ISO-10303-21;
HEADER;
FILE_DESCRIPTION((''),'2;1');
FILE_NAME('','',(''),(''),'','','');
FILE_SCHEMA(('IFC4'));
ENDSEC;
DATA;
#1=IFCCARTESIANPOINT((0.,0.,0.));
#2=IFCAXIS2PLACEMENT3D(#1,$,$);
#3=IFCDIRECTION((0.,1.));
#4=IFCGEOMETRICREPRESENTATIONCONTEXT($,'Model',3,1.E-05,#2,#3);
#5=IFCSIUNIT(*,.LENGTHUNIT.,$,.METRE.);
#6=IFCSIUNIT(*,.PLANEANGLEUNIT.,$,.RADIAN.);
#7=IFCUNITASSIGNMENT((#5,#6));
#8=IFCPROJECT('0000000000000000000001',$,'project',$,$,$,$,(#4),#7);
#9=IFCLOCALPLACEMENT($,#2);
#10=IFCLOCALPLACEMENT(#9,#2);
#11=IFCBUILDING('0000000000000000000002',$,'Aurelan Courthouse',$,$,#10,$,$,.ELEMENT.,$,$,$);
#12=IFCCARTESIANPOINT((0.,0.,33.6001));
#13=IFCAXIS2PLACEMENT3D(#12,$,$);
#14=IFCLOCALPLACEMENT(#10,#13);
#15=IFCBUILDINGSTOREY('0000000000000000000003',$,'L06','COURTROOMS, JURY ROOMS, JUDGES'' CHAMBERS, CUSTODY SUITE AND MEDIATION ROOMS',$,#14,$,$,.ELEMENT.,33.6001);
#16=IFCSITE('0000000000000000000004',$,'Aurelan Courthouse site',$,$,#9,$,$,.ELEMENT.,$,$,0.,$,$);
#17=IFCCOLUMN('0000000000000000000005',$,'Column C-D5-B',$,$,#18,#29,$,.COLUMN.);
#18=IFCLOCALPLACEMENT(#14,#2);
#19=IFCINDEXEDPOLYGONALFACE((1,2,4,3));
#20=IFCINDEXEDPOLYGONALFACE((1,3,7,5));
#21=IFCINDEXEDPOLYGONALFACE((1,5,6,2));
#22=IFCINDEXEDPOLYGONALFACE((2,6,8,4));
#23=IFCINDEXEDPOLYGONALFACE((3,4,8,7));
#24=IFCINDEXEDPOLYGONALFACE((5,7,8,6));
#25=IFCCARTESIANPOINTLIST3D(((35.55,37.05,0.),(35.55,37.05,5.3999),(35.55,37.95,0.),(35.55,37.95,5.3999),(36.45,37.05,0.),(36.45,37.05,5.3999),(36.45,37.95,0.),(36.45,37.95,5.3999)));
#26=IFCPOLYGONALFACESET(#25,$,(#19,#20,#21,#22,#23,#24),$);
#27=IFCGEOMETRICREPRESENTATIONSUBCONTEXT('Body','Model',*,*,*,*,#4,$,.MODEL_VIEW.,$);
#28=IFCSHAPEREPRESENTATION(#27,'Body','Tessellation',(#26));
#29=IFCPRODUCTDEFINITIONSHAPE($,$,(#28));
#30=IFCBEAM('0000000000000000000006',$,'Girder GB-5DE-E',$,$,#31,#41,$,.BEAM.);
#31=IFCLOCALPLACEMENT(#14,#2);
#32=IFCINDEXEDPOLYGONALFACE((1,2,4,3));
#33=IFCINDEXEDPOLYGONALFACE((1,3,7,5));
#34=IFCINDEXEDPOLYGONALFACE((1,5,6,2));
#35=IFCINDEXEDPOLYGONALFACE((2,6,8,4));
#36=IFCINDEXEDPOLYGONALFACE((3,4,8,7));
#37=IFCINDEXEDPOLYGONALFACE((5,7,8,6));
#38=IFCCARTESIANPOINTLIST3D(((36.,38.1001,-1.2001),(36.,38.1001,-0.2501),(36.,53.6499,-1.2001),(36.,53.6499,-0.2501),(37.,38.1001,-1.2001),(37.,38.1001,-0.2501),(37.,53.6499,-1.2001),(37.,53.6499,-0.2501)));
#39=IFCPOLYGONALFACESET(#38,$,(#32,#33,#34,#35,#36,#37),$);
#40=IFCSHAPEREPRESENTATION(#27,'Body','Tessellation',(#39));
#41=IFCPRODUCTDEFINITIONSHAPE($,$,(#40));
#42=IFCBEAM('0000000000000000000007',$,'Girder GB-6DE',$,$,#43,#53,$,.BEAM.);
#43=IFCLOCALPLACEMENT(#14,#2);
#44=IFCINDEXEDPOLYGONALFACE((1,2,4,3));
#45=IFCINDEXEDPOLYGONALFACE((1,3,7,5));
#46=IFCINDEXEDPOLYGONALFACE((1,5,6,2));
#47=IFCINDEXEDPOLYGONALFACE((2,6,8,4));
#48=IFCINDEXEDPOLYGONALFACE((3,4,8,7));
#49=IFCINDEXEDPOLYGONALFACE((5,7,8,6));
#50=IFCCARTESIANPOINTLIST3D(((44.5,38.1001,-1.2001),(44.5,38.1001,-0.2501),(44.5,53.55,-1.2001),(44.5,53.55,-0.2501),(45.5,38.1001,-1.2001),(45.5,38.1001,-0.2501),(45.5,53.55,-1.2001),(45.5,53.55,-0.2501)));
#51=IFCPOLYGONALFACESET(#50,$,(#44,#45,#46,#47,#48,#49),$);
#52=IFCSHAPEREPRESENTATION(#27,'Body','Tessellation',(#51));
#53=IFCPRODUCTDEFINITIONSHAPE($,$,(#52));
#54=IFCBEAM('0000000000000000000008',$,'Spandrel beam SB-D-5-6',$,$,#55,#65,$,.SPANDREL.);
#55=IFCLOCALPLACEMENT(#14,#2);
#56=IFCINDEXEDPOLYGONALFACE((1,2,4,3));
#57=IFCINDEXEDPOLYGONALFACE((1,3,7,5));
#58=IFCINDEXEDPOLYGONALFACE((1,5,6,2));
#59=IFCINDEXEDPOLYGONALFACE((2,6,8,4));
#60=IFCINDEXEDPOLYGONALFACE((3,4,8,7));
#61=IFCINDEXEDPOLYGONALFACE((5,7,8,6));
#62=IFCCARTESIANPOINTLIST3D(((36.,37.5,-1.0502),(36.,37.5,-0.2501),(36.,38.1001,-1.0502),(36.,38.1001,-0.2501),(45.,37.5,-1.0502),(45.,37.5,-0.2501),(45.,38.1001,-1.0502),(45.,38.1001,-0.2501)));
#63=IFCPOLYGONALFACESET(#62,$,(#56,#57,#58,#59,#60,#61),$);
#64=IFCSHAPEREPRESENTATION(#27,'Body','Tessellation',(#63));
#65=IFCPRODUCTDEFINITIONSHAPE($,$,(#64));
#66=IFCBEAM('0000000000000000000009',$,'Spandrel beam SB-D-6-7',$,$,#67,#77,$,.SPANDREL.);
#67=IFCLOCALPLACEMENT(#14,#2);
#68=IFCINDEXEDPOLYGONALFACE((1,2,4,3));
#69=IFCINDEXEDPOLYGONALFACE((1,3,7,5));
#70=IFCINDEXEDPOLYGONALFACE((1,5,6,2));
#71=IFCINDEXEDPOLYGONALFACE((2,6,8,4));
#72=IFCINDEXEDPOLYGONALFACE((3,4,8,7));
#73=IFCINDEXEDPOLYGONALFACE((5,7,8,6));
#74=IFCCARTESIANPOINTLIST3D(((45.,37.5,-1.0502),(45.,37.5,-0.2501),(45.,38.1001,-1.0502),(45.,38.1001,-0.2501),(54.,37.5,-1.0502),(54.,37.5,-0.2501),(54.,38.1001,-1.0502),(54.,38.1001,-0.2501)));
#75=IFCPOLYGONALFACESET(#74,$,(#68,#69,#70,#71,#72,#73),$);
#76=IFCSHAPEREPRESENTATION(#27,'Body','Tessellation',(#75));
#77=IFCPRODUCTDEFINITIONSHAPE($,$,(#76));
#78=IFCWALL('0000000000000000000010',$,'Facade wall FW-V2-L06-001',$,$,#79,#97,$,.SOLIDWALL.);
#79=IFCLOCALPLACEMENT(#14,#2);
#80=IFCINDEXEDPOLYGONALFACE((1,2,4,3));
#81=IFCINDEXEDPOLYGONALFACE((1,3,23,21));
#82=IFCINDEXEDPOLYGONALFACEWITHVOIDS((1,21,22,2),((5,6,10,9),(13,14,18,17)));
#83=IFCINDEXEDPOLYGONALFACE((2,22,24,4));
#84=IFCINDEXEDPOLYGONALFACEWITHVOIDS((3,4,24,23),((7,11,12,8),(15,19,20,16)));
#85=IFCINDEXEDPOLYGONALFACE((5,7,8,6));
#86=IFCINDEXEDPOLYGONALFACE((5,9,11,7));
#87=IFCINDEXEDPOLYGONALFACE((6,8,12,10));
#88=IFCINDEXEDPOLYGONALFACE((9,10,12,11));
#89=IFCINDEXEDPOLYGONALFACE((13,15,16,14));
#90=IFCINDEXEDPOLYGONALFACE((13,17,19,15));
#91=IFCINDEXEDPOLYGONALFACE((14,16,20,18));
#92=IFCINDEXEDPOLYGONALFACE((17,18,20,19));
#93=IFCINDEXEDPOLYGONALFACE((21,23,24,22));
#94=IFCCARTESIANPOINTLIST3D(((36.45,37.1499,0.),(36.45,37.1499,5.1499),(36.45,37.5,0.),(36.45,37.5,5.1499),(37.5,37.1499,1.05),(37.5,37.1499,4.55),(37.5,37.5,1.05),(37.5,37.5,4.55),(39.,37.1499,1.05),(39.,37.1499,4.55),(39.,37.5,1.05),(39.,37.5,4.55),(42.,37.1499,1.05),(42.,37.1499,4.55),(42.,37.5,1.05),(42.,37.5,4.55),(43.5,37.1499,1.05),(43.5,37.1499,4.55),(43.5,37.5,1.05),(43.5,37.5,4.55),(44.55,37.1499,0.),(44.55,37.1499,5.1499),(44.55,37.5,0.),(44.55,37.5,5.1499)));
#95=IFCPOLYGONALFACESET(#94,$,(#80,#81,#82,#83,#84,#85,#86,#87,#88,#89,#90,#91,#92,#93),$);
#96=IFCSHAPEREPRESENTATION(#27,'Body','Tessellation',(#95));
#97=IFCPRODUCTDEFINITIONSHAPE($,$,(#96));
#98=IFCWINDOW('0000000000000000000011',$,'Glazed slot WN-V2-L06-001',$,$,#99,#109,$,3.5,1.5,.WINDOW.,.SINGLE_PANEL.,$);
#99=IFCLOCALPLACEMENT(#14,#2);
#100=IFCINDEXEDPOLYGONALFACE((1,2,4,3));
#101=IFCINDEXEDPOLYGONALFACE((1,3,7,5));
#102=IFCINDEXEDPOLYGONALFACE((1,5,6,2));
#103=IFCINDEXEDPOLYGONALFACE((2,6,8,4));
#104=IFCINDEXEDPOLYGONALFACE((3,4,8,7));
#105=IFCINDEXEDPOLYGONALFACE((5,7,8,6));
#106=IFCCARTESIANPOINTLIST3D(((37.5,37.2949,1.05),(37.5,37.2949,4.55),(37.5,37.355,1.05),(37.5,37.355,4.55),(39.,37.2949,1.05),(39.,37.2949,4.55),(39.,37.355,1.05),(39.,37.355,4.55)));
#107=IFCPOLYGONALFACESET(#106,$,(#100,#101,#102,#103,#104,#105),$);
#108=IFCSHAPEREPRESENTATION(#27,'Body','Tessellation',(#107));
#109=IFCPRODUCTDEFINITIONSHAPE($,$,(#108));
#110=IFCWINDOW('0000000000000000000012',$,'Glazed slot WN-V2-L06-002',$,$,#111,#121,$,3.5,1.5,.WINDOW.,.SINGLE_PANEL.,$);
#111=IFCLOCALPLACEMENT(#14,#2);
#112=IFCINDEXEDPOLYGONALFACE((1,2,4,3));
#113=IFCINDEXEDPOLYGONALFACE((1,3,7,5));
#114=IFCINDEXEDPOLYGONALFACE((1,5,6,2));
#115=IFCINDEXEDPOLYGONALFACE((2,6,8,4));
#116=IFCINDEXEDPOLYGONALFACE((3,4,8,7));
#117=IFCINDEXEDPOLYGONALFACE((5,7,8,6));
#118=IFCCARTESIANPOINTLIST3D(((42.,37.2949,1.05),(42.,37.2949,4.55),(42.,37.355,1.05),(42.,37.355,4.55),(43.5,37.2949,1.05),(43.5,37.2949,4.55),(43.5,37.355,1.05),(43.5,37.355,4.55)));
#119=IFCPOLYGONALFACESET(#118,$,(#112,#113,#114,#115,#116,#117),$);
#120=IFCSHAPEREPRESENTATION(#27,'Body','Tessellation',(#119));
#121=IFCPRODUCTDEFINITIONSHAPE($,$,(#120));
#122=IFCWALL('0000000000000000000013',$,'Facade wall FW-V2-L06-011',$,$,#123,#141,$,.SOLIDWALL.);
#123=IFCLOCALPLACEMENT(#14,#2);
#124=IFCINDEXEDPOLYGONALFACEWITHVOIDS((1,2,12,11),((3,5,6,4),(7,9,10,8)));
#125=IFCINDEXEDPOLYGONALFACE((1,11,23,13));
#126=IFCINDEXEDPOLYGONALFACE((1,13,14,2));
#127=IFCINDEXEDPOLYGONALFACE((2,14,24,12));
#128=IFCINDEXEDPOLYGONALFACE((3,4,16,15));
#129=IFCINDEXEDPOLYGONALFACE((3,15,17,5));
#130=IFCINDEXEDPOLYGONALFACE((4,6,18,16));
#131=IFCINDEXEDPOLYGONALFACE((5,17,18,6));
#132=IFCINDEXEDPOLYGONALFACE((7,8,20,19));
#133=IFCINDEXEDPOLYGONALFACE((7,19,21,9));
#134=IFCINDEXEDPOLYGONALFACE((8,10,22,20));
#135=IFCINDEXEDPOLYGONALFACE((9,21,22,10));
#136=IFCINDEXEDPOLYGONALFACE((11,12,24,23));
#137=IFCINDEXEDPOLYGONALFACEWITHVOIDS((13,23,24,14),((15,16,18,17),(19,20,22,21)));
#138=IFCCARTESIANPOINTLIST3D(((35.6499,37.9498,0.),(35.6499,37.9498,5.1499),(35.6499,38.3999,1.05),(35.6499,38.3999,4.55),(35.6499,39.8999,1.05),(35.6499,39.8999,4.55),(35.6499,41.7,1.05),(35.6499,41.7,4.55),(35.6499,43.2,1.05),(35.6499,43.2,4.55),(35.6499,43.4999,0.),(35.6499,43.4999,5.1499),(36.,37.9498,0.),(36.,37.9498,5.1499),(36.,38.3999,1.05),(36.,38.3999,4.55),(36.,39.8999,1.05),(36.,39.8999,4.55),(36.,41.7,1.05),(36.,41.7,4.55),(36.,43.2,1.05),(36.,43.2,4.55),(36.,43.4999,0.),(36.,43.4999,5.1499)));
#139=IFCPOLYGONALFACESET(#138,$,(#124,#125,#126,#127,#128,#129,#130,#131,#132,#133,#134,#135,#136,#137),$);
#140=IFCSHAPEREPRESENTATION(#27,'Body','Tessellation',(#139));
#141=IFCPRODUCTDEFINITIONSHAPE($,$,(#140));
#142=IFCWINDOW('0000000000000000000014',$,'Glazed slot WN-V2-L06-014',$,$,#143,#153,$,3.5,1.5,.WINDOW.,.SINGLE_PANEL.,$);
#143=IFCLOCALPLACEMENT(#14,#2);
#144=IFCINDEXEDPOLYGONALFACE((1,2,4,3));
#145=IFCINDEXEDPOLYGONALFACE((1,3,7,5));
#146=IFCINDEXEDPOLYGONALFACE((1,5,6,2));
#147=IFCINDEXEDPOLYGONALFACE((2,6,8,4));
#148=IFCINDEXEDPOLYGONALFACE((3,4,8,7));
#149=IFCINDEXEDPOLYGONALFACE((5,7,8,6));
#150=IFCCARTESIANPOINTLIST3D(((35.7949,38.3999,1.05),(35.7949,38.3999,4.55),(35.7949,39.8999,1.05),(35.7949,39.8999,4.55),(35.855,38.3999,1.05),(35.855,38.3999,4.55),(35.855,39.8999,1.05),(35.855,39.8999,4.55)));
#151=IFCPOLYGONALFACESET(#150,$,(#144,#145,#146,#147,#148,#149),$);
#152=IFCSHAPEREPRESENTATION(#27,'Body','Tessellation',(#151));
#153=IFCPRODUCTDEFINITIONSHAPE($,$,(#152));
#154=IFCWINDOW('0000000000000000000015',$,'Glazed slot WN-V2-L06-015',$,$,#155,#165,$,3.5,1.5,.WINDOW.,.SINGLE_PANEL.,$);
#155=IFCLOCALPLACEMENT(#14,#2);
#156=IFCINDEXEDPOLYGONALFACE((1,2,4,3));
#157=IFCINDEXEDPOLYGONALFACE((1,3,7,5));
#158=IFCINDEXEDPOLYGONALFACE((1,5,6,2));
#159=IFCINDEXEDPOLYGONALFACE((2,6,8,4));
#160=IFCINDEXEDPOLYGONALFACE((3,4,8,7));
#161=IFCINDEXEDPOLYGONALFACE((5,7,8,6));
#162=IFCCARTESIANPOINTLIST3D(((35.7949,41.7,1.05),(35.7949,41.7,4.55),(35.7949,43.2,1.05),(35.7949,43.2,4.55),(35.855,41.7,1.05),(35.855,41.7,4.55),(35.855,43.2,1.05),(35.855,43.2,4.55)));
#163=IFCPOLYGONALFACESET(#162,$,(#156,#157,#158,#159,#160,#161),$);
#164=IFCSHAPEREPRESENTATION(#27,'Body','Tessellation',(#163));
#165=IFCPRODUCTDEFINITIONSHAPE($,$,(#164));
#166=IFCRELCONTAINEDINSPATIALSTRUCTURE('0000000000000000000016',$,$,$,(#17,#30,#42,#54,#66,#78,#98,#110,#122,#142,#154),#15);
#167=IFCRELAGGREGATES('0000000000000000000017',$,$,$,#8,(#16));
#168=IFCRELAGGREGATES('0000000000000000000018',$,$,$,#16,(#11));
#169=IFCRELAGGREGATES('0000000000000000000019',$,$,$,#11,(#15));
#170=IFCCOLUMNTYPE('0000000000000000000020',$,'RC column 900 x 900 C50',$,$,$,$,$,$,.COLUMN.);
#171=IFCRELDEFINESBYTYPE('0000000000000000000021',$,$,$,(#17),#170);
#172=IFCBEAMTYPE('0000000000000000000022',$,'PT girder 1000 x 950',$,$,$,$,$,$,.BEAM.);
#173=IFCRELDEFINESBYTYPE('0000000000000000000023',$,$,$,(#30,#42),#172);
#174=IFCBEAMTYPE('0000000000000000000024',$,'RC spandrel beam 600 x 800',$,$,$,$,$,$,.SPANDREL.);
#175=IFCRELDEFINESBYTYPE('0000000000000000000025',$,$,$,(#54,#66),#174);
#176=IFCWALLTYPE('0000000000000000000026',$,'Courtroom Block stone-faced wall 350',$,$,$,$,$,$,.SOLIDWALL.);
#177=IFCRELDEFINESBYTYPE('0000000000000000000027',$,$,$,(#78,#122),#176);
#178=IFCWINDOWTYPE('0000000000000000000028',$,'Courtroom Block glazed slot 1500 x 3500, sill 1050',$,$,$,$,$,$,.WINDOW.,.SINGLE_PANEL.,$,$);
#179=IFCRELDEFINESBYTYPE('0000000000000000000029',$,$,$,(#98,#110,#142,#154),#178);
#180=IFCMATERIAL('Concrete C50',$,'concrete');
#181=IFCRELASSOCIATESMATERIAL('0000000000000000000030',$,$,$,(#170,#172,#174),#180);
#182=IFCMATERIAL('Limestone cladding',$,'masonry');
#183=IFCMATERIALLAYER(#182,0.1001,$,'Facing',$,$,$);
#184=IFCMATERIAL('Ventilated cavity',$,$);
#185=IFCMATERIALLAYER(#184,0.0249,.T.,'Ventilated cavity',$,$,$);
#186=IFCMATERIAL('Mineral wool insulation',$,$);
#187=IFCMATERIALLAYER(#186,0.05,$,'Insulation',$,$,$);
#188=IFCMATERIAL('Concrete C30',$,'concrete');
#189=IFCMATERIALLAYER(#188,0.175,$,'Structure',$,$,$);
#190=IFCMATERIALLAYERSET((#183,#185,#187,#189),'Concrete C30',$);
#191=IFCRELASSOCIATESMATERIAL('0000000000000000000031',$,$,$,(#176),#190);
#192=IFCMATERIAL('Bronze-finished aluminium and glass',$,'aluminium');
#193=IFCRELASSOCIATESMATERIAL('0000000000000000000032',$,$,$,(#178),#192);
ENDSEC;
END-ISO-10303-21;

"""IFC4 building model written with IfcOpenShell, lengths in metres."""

from ifc_helpers import new_model, si_unit, direction, frame, frame_2d, origin, origin_2d, place, context, subcontext, project, spatial, rectangle, extrude, material, layer, layer_set, material_profile, profile_set, type_object, element, fill, save


model = new_model("IFC4")

# Units and contexts
model_context = context("Model", 3, precision=1e-05, world=origin(), true_north=direction((0.0, 1.0)))
body_context = subcontext(model_context, "Body", "Model", "MODEL_VIEW")
ifc_project = project(units=[si_unit("LENGTHUNIT", "METRE"), si_unit("PLANEANGLEUNIT", "RADIAN")], contexts=[model_context])

# Site, building, storey
site_placement = place(None, origin())
site = spatial("IfcSite", under=ifc_project, at=site_placement, Name="Aurelan Courthouse site", CompositionType="ELEMENT", RefElevation=0.0)
building_placement = place(site_placement, origin())
building = spatial("IfcBuilding", under=site, at=building_placement, Name="Aurelan Courthouse", CompositionType="ELEMENT")
storey_placement = place(building_placement, frame((0.0, 0.0, 33.6001)))
storey = spatial("IfcBuildingStorey", under=building, at=storey_placement, Name="L06", Description="COURTROOMS, JURY ROOMS, JUDGES' CHAMBERS, CUSTODY SUITE AND MEDIATION ROOMS", CompositionType="ELEMENT", Elevation=33.6001)

# Column
ifc_material_1 = material(Name="Concrete C50", Category="concrete")
ifc_material_profile_1 = material_profile(ifc_material_1, rectangle(XDim=0.8999, YDim=0.8999, at=origin_2d()), Name="RC 900 x 900")
ifc_profile_set_1 = profile_set([ifc_material_profile_1], Name="Concrete C50")
column_type = type_object("IfcColumnType", Name="RC column 900 x 900 C50", PredefinedType="COLUMN", material=ifc_profile_set_1)
column_placement = place(storey_placement, frame((36.0, 37.5, 0.0), z_axis=(0.0, 0.0, 1.0), x_axis=(1.0, 0.0, 0.0)))
element("IfcColumn", 1, at=column_placement, inside=storey, type_object=column_type, Name="Column C-D5-B", PredefinedType="COLUMN", context=body_context, shape_type="SweptSolid", body=[
    extrude(rectangle(XDim=0.8999, YDim=0.8999, at=origin_2d()), origin(), (0.0, 0.0, 1.0), 5.3999),
])

# Beams
ifc_material_profile_2 = material_profile(ifc_material_1, rectangle(XDim=1.0, YDim=0.95, at=origin_2d()), Name="RC 1000 x 950")
ifc_profile_set_2 = profile_set([ifc_material_profile_2], Name="Concrete C50")
beam_type_1 = type_object("IfcBeamType", Name="PT girder 1000 x 950", PredefinedType="BEAM", material=ifc_profile_set_2)
beam_1_placement = place(storey_placement, frame((36.5, 38.1001, -0.7251), z_axis=(0.0, 1.0, 0.0), x_axis=(-1.0, 0.0, 0.0)))
element("IfcBeam", 2, at=beam_1_placement, inside=storey, type_object=beam_type_1, Name="Girder GB-5DE-E", PredefinedType="BEAM", context=body_context, shape_type="SweptSolid", body=[
    extrude(rectangle(XDim=1.0, YDim=0.95, at=origin_2d()), origin(), (0.0, 0.0, 1.0), 15.5498),
])
beam_2_placement = place(storey_placement, frame((45.0, 38.1001, -0.7251), z_axis=(0.0, 1.0, 0.0), x_axis=(-1.0, 0.0, 0.0)))
element("IfcBeam", 3, at=beam_2_placement, inside=storey, type_object=beam_type_1, Name="Girder GB-6DE", PredefinedType="BEAM", context=body_context, shape_type="SweptSolid", body=[
    extrude(rectangle(XDim=1.0, YDim=0.95, at=origin_2d()), origin(), (0.0, 0.0, 1.0), 15.45),
])
ifc_material_profile_3 = material_profile(ifc_material_1, rectangle(XDim=0.6001, YDim=0.8, at=origin_2d()), Name="RC 600 x 800")
ifc_profile_set_3 = profile_set([ifc_material_profile_3], Name="Concrete C50")
beam_type_2 = type_object("IfcBeamType", Name="RC spandrel beam 600 x 800", PredefinedType="SPANDREL", material=ifc_profile_set_3)
for number, where, z_axis, x_axis, name in (
    (4, (36.0, 37.8, -0.6501), (1.0, 0.0, 0.0), (0.0, 1.0, 0.0), "Spandrel beam SB-D-5-6"),
    (5, (45.0, 37.8, -0.6501), (1.0, 0.0, 0.0), (0.0, 1.0, 0.0), "Spandrel beam SB-D-6-7"),
):
    element("IfcBeam", number, at=place(storey_placement, frame(where, z_axis=z_axis, x_axis=x_axis)), inside=storey, type_object=beam_type_2, Name=name, PredefinedType="SPANDREL", context=body_context, shape_type="SweptSolid", body=[
        extrude(rectangle(XDim=0.6001, YDim=0.8, at=origin_2d()), origin(), (0.0, 0.0, 1.0), 9.0),
    ])

# Walls, openings, windows
ifc_material_2 = material(Name="Limestone cladding", Category="masonry")
ifc_layer_1 = layer(ifc_material_2, 0.1001, Name="Facing")
ifc_material_3 = material(Name="Ventilated cavity")
ifc_layer_2 = layer(ifc_material_3, 0.0249, ventilated=True, Name="Ventilated cavity")
ifc_material_4 = material(Name="Mineral wool insulation")
ifc_layer_3 = layer(ifc_material_4, 0.05, Name="Insulation")
ifc_material_5 = material(Name="Concrete C30", Category="concrete")
ifc_layer_4 = layer(ifc_material_5, 0.175, Name="Structure")
ifc_layer_set_1 = layer_set([ifc_layer_1, ifc_layer_2, ifc_layer_3, ifc_layer_4], Name="Concrete C30")
wall_type_1 = type_object("IfcWallType", Name="Courtroom Block stone-faced wall 350", PredefinedType="SOLIDWALL", material=ifc_layer_set_1)
wall_1_placement = place(storey_placement, frame((36.45, 37.325, 0.0), z_axis=(0.0, 0.0, 1.0), x_axis=(1.0, 0.0, 0.0)))
wall_1 = element("IfcWall", 6, at=wall_1_placement, inside=storey, type_object=wall_type_1, Name="Facade wall FW-V2-L06-001", PredefinedType="SOLIDWALL", context=body_context, shape_type="SweptSolid", body=[
    extrude(rectangle(XDim=8.1001, YDim=0.3501, at=frame_2d((4.05, 0.0))), origin(), (0.0, 0.0, 1.0), 5.1499),
])
opening_1_placement = place(wall_1_placement, frame((1.05, 0.0, 1.05)))
opening_1 = element("IfcOpeningElement", 7, at=opening_1_placement, cuts=wall_1, PredefinedType="OPENING", context=body_context, shape_type="SweptSolid", body=[
    extrude(rectangle(XDim=1.5, YDim=3.5, at=frame_2d((0.75, 1.75))), frame((0.0, 0.1851, 0.0), z_axis=(0.0, -1.0, 0.0), x_axis=(1.0, 0.0, 0.0)), (0.0, 0.0, 1.0), 0.3701),
])
opening_2_placement = place(wall_1_placement, frame((5.55, 0.0, 1.05)))
opening_2 = element("IfcOpeningElement", 8, at=opening_2_placement, cuts=wall_1, PredefinedType="OPENING", context=body_context, shape_type="SweptSolid", body=[
    extrude(rectangle(XDim=1.5, YDim=3.5, at=frame_2d((0.75, 1.75))), frame((0.0, 0.1851, 0.0), z_axis=(0.0, -1.0, 0.0), x_axis=(1.0, 0.0, 0.0)), (0.0, 0.0, 1.0), 0.3701),
])
ifc_material_6 = material(Name="Bronze-finished aluminium and glass", Category="aluminium")
window_type = type_object("IfcWindowType", Name="Courtroom Block glazed slot 1500 x 3500, sill 1050", PartitioningType="SINGLE_PANEL", PredefinedType="WINDOW", material=ifc_material_6)
window_1_placement = place(opening_1_placement, origin())
window_1 = element("IfcWindow", 9, at=window_1_placement, inside=storey, type_object=window_type, Name="Glazed slot WN-V2-L06-001", OverallHeight=3.5, OverallWidth=1.5, PartitioningType="SINGLE_PANEL", PredefinedType="WINDOW", context=body_context, shape_type="SweptSolid", body=[
    extrude(rectangle(XDim=1.5, YDim=3.5, at=frame_2d((0.75, 1.75))), frame((0.0, 0.03, 0.0), z_axis=(0.0, -1.0, 0.0), x_axis=(1.0, 0.0, 0.0)), (0.0, 0.0, 1.0), 0.0601),
])
fill(opening_1, window_1)
window_2_placement = place(opening_2_placement, origin())
window_2 = element("IfcWindow", 10, at=window_2_placement, inside=storey, type_object=window_type, Name="Glazed slot WN-V2-L06-002", OverallHeight=3.5, OverallWidth=1.5, PartitioningType="SINGLE_PANEL", PredefinedType="WINDOW", context=body_context, shape_type="SweptSolid", body=[
    extrude(rectangle(XDim=1.5, YDim=3.5, at=frame_2d((0.75, 1.75))), frame((0.0, 0.03, 0.0), z_axis=(0.0, -1.0, 0.0), x_axis=(1.0, 0.0, 0.0)), (0.0, 0.0, 1.0), 0.0601),
])
fill(opening_2, window_2)
wall_2_placement = place(storey_placement, frame((35.825, 37.95, 0.0), z_axis=(0.0, 0.0, 1.0), x_axis=(0.0, 1.0, 0.0)))
wall_2 = element("IfcWall", 11, at=wall_2_placement, inside=storey, type_object=wall_type_1, Name="Facade wall FW-V2-L06-011", PredefinedType="SOLIDWALL", context=body_context, shape_type="SweptSolid", body=[
    extrude(rectangle(XDim=5.55, YDim=0.3501, at=frame_2d((2.7749, 0.0))), origin(), (0.0, 0.0, 1.0), 5.1499),
])
opening_3_placement = place(wall_2_placement, frame((0.45, 0.0, 1.05)))
opening_3 = element("IfcOpeningElement", 12, at=opening_3_placement, cuts=wall_2, PredefinedType="OPENING", context=body_context, shape_type="SweptSolid", body=[
    extrude(rectangle(XDim=1.5, YDim=3.5, at=frame_2d((0.75, 1.75))), frame((0.0, 0.1851, 0.0), z_axis=(0.0, -1.0, 0.0), x_axis=(1.0, 0.0, 0.0)), (0.0, 0.0, 1.0), 0.3701),
])
opening_4_placement = place(wall_2_placement, frame((3.75, 0.0, 1.05)))
opening_4 = element("IfcOpeningElement", 13, at=opening_4_placement, cuts=wall_2, PredefinedType="OPENING", context=body_context, shape_type="SweptSolid", body=[
    extrude(rectangle(XDim=1.5, YDim=3.5, at=frame_2d((0.75, 1.75))), frame((0.0, 0.1851, 0.0), z_axis=(0.0, -1.0, 0.0), x_axis=(1.0, 0.0, 0.0)), (0.0, 0.0, 1.0), 0.3701),
])
window_3_placement = place(opening_3_placement, origin())
window_3 = element("IfcWindow", 14, at=window_3_placement, inside=storey, type_object=window_type, Name="Glazed slot WN-V2-L06-014", OverallHeight=3.5, OverallWidth=1.5, PartitioningType="SINGLE_PANEL", PredefinedType="WINDOW", context=body_context, shape_type="SweptSolid", body=[
    extrude(rectangle(XDim=1.5, YDim=3.5, at=frame_2d((0.75, 1.75))), frame((0.0, 0.03, 0.0), z_axis=(0.0, -1.0, 0.0), x_axis=(1.0, 0.0, 0.0)), (0.0, 0.0, 1.0), 0.0601),
])
fill(opening_3, window_3)
window_4_placement = place(opening_4_placement, origin())
window_4 = element("IfcWindow", 15, at=window_4_placement, inside=storey, type_object=window_type, Name="Glazed slot WN-V2-L06-015", OverallHeight=3.5, OverallWidth=1.5, PartitioningType="SINGLE_PANEL", PredefinedType="WINDOW", context=body_context, shape_type="SweptSolid", body=[
    extrude(rectangle(XDim=1.5, YDim=3.5, at=frame_2d((0.75, 1.75))), frame((0.0, 0.03, 0.0), z_axis=(0.0, -1.0, 0.0), x_axis=(1.0, 0.0, 0.0)), (0.0, 0.0, 1.0), 0.0601),
])
fill(opening_4, window_4)

save(model, "model.ifc")
